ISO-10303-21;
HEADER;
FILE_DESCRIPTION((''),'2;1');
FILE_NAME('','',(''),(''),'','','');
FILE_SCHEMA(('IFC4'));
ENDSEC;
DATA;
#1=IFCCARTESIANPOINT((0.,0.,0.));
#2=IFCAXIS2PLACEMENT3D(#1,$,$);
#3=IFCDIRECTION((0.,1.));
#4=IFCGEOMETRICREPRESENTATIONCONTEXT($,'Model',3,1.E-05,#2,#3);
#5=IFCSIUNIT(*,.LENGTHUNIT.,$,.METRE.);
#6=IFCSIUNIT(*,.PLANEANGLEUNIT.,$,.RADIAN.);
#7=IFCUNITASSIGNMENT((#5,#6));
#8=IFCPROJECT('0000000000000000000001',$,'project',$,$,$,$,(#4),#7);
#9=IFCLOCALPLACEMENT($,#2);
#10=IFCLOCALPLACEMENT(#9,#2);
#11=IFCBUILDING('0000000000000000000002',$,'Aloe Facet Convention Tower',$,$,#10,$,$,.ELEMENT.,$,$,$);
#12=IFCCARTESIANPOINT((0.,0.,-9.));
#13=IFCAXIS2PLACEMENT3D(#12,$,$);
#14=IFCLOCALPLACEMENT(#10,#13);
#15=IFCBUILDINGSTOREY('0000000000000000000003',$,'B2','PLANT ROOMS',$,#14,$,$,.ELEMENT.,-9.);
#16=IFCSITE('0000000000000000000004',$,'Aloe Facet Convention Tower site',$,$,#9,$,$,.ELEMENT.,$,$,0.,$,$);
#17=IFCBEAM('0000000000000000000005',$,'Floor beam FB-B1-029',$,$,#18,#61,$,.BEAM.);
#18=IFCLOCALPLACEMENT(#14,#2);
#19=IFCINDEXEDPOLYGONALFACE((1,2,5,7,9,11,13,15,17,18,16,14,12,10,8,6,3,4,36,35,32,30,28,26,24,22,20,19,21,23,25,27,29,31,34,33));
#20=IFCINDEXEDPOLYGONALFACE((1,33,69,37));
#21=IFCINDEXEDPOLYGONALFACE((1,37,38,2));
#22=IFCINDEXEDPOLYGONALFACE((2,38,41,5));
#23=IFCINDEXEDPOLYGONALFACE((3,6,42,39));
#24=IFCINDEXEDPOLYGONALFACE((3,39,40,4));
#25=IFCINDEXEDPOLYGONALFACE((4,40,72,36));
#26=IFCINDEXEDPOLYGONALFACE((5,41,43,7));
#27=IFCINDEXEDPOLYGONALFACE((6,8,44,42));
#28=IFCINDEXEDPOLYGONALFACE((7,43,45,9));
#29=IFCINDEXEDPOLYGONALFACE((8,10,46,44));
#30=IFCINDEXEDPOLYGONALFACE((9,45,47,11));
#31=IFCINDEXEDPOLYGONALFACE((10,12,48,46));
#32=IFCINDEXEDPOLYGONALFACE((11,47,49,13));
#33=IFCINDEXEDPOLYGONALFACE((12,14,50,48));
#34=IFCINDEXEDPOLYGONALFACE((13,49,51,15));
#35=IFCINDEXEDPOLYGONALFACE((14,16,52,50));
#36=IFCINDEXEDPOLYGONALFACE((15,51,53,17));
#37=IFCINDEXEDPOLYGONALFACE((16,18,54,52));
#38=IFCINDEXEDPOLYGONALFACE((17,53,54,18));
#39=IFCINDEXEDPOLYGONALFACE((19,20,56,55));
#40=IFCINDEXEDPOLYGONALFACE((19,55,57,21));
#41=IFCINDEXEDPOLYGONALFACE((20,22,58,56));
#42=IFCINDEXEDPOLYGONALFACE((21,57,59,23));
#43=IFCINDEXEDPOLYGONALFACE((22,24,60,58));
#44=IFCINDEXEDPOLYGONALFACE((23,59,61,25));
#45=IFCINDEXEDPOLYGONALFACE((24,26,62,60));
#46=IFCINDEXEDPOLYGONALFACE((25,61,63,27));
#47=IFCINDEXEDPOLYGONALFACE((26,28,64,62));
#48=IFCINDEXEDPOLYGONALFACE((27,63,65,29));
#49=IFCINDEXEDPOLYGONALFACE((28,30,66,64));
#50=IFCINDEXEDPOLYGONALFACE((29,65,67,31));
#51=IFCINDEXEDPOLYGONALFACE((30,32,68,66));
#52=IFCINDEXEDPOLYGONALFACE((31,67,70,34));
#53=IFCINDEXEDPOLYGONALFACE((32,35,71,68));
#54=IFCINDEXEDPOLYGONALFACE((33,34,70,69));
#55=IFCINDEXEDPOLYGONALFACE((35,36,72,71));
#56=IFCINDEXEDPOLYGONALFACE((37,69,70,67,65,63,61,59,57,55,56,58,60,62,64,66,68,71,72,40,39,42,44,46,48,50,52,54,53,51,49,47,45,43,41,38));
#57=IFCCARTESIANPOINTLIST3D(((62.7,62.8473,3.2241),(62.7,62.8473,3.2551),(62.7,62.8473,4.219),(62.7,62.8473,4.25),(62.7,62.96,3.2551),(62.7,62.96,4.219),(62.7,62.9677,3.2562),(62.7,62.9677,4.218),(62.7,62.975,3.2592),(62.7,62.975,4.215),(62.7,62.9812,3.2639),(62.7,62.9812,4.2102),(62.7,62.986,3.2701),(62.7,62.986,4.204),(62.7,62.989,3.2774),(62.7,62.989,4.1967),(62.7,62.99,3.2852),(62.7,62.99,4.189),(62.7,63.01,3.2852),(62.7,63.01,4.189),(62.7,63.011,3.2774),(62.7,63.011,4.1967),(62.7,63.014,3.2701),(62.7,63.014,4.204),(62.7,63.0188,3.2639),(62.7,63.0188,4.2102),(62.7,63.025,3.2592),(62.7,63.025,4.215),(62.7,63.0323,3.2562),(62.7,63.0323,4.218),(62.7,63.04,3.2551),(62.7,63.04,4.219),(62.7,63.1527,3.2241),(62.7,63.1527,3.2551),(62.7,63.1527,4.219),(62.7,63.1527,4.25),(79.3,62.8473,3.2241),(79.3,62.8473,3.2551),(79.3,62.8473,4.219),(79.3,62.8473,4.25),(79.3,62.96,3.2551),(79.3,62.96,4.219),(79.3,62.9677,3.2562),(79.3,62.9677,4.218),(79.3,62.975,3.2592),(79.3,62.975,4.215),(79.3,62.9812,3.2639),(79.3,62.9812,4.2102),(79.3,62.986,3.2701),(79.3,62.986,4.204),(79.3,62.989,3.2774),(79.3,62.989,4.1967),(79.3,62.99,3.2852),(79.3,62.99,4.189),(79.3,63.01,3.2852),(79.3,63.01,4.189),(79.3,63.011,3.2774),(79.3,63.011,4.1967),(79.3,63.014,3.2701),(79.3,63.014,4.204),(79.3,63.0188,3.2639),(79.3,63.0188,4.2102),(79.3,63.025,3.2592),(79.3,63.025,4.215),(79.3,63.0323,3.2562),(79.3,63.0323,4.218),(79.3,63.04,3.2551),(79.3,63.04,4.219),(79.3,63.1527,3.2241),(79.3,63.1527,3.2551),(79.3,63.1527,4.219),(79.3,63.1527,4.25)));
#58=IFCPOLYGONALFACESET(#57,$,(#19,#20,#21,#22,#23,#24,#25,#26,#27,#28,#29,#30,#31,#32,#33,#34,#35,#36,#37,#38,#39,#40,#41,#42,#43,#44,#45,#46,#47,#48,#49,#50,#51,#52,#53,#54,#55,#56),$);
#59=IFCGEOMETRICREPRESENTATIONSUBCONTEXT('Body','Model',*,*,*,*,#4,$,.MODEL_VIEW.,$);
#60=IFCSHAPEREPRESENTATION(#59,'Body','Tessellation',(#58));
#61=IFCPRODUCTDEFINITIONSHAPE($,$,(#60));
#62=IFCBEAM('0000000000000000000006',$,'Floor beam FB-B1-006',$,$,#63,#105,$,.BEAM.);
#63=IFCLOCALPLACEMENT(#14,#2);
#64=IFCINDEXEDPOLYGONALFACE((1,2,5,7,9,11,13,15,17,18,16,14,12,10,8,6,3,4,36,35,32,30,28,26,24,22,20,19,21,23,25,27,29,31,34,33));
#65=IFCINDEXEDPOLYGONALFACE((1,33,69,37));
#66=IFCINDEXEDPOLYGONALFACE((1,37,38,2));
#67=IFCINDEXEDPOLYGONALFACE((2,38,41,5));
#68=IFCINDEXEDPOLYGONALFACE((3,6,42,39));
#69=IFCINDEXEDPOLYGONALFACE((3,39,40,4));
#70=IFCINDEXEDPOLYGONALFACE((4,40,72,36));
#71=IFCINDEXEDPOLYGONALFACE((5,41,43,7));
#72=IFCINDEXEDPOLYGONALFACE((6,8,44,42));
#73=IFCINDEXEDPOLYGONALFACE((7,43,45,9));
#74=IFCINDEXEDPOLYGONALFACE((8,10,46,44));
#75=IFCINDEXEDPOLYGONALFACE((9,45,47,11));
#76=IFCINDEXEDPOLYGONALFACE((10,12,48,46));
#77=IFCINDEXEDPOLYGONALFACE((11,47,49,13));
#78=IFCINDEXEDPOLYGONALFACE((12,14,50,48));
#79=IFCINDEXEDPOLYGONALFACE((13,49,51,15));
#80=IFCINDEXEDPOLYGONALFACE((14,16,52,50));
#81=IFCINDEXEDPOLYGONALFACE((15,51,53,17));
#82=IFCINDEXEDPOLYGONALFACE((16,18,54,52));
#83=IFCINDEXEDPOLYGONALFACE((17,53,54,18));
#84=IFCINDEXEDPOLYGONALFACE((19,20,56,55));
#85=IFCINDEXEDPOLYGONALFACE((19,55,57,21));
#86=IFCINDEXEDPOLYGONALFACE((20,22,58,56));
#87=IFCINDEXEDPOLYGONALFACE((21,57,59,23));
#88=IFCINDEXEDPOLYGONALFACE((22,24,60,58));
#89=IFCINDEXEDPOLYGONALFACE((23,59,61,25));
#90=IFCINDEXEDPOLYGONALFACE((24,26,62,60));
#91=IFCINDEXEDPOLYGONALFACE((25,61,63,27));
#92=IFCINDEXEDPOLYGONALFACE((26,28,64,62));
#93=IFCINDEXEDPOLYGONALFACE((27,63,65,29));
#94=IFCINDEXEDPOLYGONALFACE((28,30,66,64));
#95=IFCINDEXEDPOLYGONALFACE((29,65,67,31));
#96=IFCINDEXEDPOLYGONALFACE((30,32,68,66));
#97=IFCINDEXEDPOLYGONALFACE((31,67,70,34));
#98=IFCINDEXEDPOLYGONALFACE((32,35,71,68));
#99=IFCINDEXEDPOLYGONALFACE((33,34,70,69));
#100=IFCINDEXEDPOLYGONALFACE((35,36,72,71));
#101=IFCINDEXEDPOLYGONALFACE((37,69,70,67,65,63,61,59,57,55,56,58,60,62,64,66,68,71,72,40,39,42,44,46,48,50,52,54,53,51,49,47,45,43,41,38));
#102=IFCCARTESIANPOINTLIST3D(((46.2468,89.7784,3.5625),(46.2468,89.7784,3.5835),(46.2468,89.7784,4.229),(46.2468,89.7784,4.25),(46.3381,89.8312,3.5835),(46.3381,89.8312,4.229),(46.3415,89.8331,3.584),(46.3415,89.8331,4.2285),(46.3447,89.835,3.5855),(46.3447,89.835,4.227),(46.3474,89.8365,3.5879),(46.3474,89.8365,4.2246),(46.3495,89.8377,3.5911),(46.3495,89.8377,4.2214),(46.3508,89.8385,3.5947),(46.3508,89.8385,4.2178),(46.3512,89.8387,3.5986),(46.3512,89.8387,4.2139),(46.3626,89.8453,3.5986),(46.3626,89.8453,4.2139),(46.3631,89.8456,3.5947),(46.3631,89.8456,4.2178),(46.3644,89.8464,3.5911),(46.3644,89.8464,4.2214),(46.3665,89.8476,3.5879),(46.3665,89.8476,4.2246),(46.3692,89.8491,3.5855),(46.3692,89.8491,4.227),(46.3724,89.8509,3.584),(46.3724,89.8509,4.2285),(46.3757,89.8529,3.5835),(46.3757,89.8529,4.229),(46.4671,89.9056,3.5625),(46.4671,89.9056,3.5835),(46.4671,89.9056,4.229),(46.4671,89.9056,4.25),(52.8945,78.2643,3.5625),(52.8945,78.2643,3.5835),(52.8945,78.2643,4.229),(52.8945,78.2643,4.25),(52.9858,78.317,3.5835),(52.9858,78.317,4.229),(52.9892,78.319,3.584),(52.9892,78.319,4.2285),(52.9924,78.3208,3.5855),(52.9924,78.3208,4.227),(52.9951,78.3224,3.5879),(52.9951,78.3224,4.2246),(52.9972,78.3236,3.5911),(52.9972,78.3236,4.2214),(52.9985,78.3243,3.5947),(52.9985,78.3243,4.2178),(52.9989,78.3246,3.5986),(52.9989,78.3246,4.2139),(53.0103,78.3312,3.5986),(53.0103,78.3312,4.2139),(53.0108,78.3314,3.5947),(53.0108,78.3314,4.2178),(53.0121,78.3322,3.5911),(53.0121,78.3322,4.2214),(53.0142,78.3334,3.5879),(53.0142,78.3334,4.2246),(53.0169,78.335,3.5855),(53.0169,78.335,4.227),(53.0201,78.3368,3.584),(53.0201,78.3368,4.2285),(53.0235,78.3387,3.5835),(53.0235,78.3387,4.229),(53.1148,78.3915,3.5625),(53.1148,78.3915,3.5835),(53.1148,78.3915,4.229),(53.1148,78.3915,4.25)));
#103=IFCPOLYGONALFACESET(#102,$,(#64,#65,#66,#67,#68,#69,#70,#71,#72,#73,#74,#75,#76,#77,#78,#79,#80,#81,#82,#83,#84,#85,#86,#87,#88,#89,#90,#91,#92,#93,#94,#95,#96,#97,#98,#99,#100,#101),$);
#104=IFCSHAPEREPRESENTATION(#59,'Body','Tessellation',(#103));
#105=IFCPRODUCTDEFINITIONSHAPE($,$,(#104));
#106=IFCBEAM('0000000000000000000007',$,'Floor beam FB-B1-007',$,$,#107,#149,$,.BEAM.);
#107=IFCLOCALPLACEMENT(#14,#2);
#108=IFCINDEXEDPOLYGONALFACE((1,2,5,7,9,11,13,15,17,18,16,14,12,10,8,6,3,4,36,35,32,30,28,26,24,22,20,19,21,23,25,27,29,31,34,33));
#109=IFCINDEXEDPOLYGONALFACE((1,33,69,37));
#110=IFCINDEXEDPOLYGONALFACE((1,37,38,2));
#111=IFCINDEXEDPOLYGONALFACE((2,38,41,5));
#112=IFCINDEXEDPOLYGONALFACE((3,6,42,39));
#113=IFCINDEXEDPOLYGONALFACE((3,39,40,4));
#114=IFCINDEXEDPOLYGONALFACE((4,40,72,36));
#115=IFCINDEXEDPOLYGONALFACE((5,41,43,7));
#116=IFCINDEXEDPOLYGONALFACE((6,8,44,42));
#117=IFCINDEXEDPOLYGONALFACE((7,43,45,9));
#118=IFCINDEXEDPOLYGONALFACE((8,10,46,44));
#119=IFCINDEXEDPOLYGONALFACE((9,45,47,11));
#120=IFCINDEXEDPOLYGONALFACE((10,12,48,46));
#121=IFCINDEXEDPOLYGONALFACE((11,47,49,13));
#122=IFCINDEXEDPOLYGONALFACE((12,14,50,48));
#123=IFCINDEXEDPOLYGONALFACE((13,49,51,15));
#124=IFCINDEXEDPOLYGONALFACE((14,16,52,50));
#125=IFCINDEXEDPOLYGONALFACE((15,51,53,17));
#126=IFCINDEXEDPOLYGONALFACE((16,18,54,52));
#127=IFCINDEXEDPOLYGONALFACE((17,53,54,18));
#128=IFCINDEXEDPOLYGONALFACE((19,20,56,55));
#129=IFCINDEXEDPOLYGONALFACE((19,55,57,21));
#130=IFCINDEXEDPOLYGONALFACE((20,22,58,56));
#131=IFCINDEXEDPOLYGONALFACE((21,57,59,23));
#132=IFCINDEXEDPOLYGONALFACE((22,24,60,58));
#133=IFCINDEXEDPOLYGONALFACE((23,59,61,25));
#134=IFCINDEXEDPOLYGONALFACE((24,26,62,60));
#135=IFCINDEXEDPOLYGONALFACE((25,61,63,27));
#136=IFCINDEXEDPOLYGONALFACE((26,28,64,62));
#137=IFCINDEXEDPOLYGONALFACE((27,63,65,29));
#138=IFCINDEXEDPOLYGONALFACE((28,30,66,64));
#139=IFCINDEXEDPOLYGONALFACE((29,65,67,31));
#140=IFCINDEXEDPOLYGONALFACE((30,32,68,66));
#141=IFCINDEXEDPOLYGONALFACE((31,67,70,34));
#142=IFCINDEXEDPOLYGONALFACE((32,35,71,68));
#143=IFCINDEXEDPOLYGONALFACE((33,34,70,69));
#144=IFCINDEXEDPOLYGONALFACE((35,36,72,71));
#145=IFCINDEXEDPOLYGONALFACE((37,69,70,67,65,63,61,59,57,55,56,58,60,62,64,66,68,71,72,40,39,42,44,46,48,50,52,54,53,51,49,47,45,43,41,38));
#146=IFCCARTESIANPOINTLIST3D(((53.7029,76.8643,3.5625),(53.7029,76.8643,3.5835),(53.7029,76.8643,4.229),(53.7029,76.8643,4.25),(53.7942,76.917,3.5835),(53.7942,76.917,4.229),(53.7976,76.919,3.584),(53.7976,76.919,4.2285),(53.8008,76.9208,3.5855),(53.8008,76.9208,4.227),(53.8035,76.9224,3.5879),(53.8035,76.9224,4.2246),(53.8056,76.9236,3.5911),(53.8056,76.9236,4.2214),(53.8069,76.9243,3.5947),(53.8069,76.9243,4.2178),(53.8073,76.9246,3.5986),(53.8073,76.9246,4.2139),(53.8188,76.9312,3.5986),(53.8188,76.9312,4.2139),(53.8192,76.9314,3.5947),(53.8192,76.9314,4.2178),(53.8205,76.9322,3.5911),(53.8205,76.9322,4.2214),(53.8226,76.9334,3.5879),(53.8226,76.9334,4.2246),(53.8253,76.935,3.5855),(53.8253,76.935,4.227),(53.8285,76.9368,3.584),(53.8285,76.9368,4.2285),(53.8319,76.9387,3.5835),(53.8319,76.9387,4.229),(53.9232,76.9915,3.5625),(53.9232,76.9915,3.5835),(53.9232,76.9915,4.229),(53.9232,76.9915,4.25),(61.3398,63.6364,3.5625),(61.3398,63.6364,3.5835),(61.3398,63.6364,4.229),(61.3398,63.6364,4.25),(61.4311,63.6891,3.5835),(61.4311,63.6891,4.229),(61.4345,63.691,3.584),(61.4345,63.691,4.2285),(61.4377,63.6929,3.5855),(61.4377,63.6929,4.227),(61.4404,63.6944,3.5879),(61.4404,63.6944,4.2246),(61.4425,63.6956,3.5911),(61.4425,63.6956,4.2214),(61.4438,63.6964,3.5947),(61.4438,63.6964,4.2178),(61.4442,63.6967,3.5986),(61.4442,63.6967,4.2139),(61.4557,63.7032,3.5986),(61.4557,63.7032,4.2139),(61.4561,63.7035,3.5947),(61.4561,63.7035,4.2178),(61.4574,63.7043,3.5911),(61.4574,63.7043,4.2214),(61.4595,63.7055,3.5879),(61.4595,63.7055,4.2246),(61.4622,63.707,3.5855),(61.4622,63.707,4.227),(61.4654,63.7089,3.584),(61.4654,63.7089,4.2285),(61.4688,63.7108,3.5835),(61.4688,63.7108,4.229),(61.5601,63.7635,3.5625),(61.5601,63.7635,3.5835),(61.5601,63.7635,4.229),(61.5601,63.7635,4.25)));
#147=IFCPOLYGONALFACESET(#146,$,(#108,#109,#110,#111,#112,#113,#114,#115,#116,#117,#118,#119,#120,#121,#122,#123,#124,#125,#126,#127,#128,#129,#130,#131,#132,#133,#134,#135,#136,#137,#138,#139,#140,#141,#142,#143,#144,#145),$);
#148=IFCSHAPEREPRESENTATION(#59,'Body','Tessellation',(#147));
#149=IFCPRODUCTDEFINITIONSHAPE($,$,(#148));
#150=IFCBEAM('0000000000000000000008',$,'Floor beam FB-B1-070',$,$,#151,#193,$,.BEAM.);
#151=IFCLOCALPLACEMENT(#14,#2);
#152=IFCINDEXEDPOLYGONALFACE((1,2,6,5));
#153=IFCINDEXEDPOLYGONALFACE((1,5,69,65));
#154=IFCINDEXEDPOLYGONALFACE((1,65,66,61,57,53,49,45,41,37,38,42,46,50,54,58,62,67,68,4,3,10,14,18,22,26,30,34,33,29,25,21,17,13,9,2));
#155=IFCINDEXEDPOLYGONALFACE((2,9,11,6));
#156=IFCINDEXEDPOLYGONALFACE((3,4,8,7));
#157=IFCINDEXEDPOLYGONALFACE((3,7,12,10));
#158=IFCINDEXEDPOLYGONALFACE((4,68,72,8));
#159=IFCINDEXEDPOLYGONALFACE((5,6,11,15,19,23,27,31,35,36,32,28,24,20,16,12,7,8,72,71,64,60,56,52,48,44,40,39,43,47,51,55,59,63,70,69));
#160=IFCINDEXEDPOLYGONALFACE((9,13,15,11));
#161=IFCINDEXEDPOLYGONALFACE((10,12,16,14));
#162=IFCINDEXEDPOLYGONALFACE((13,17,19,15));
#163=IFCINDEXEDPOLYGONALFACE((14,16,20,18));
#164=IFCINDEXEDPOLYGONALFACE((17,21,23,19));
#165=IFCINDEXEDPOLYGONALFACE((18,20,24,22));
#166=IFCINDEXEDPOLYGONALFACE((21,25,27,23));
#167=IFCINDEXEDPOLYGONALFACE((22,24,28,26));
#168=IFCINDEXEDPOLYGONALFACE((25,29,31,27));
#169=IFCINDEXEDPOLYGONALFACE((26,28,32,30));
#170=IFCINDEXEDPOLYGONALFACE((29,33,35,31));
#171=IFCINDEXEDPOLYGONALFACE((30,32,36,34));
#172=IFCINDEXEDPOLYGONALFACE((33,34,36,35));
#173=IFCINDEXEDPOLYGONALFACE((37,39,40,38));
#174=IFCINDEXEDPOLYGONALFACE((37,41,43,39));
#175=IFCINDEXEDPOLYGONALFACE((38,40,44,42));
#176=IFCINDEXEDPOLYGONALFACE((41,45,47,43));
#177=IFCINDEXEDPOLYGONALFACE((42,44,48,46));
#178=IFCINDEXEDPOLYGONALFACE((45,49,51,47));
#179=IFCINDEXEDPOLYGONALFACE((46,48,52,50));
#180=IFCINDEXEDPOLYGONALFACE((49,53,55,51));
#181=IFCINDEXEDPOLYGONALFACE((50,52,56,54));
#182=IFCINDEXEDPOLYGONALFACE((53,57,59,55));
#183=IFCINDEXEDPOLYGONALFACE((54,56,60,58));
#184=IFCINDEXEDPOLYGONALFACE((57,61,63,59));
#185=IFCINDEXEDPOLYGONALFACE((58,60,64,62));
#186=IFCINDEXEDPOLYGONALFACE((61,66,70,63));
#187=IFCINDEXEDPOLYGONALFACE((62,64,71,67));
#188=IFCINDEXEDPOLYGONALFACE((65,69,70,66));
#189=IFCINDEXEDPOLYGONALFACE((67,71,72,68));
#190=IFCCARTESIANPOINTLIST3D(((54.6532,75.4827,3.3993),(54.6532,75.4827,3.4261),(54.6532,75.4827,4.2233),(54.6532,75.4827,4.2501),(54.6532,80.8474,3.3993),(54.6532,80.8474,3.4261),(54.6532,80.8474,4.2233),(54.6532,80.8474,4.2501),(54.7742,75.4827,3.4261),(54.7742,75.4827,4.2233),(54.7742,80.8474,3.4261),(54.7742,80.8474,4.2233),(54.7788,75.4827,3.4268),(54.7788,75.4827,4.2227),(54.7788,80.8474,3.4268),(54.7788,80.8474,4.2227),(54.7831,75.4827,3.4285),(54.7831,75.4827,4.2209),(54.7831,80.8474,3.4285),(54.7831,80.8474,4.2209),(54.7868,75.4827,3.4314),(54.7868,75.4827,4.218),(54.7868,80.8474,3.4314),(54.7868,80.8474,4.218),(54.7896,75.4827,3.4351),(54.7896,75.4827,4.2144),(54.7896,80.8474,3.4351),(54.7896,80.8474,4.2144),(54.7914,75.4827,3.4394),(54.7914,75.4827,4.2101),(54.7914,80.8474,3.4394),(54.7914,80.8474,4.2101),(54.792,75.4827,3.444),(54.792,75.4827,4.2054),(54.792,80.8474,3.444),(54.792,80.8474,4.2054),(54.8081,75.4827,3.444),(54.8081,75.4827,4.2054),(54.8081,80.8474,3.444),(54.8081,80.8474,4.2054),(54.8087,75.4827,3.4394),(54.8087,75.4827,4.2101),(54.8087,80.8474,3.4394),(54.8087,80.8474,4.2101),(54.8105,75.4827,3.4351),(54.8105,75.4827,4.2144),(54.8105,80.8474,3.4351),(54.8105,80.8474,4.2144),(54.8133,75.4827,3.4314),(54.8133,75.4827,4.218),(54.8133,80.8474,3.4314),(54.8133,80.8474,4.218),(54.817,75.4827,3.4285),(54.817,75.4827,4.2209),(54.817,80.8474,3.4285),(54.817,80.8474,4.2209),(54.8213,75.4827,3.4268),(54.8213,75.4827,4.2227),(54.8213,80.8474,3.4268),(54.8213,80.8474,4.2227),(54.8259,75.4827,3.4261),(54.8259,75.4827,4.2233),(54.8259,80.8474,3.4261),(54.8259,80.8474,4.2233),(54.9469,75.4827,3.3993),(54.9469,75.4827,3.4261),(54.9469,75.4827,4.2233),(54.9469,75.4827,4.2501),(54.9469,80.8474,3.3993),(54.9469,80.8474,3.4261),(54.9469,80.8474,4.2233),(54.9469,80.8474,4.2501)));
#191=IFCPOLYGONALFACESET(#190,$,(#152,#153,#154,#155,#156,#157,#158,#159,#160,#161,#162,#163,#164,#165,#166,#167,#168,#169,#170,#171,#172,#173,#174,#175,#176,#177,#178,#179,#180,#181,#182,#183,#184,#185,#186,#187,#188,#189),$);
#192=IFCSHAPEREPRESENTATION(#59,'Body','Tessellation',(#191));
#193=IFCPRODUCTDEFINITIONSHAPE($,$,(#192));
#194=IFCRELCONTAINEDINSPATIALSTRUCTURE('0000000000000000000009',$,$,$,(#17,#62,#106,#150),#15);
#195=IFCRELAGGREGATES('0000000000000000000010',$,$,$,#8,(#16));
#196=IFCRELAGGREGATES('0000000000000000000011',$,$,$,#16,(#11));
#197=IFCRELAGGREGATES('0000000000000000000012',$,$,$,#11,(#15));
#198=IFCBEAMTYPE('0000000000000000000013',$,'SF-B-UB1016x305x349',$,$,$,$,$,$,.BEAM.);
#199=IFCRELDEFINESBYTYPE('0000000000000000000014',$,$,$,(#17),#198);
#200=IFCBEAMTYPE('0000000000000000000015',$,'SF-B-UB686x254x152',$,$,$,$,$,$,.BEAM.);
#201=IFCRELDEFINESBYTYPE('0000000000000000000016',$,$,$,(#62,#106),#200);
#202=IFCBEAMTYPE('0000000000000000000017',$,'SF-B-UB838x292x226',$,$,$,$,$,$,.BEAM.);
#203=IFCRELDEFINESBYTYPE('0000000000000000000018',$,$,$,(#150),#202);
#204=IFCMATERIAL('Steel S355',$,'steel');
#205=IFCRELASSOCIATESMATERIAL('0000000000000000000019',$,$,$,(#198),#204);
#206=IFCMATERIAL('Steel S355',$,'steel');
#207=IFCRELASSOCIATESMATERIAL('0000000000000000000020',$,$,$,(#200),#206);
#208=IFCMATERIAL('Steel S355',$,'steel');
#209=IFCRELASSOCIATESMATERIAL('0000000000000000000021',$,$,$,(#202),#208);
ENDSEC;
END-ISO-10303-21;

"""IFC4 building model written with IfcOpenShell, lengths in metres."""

from ifc_helpers import new_model, si_unit, direction, frame, origin, origin_2d, place, context, subcontext, project, spatial, i_section, extrude, material, material_profile, profile_set, type_object, element, save


model = new_model("IFC4")

# Units and contexts
model_context = context("Model", 3, precision=1e-05, world=origin(), true_north=direction((0.0, 1.0)))
body_context = subcontext(model_context, "Body", "Model", "MODEL_VIEW")
ifc_project = project(units=[si_unit("LENGTHUNIT", "METRE"), si_unit("PLANEANGLEUNIT", "RADIAN")], contexts=[model_context])

# Site, building, storey
site_placement = place(None, origin())
site = spatial("IfcSite", under=ifc_project, at=site_placement, Name="Aloe Facet Convention Tower site", CompositionType="ELEMENT", RefElevation=0.0)
building_placement = place(site_placement, origin())
building = spatial("IfcBuilding", under=site, at=building_placement, Name="Aloe Facet Convention Tower", CompositionType="ELEMENT")
storey_placement = place(building_placement, frame((0.0, 0.0, -9.0)))
storey = spatial("IfcBuildingStorey", under=building, at=storey_placement, Name="B2", Description="PLANT ROOMS", CompositionType="ELEMENT", Elevation=-9.0)

# Beams
ifc_material_1 = material(Name="Steel S355", Category="steel")
ifc_material_profile_1 = material_profile(ifc_material_1, i_section(OverallWidth=0.3054, OverallDepth=1.0259, WebThickness=0.02, FlangeThickness=0.031, FilletRadius=0.03, at=origin_2d()), Name="UB 1016x305x349")
ifc_profile_set_1 = profile_set([ifc_material_profile_1], Name="Steel S355")
beam_type_1 = type_object("IfcBeamType", Name="SF-B-UB1016x305x349", PredefinedType="BEAM", material=ifc_profile_set_1)
beam_1_placement = place(storey_placement, frame((62.7, 63.0, 3.7371), z_axis=(1.0, 0.0, 0.0), x_axis=(0.0, 1.0, 0.0)))
element("IfcBeam", 1, at=beam_1_placement, inside=storey, type_object=beam_type_1, Name="Floor beam FB-B1-029", PredefinedType="BEAM", context=body_context, shape_type="SweptSolid", body=[
    extrude(i_section(OverallWidth=0.3054, OverallDepth=1.0259, WebThickness=0.02, FlangeThickness=0.031, FilletRadius=0.03, at=origin_2d()), origin(), (0.0, 0.0, 1.0), 16.6001),
])
ifc_material_2 = material(Name="Steel S355", Category="steel")
ifc_material_profile_2 = material_profile(ifc_material_2, i_section(OverallWidth=0.2544, OverallDepth=0.6875, WebThickness=0.0132, FlangeThickness=0.021, FilletRadius=0.0151, at=origin_2d()), Name="UB 686x254x152")
ifc_profile_set_2 = profile_set([ifc_material_profile_2], Name="Steel S355")
beam_type_2 = type_object("IfcBeamType", Name="SF-B-UB686x254x152", PredefinedType="BEAM", material=ifc_profile_set_2)
beam_2_placement = place(storey_placement, frame((53.0046, 78.3279, 3.9062), z_axis=(-0.5, 0.866025, 0.0), x_axis=(-0.866025, -0.5, 0.0)))
element("IfcBeam", 2, at=beam_2_placement, inside=storey, type_object=beam_type_2, Name="Floor beam FB-B1-006", PredefinedType="BEAM", context=body_context, shape_type="SweptSolid", body=[
    extrude(i_section(OverallWidth=0.2544, OverallDepth=0.6875, WebThickness=0.0132, FlangeThickness=0.021, FilletRadius=0.0151, at=origin_2d()), origin(), (0.0, 0.0, 1.0), 13.2954),
])
beam_3_placement = place(storey_placement, frame((61.45, 63.7, 3.9062), z_axis=(-0.499988, 0.866032, 0.0), x_axis=(-0.866032, -0.499988, 0.0)))
element("IfcBeam", 3, at=beam_3_placement, inside=storey, type_object=beam_type_2, Name="Floor beam FB-B1-007", PredefinedType="BEAM", context=body_context, shape_type="SweptSolid", body=[
    extrude(i_section(OverallWidth=0.2544, OverallDepth=0.6875, WebThickness=0.0132, FlangeThickness=0.021, FilletRadius=0.0151, at=origin_2d()), origin(), (0.0, 0.0, 1.0), 15.2742),
])
ifc_material_3 = material(Name="Steel S355", Category="steel")
ifc_material_profile_3 = material_profile(ifc_material_3, i_section(OverallWidth=0.2937, OverallDepth=0.8508, WebThickness=0.0161, FlangeThickness=0.0269, FilletRadius=0.0178, at=origin_2d()), Name="UB 838x292x226")
ifc_profile_set_3 = profile_set([ifc_material_profile_3], Name="Steel S355")
beam_type_3 = type_object("IfcBeamType", Name="SF-B-UB838x292x226", PredefinedType="BEAM", material=ifc_profile_set_3)
beam_4_placement = place(storey_placement, frame((54.8, 75.4827, 3.8247), z_axis=(0.0, 1.0, 0.0), x_axis=(-1.0, 0.0, 0.0)))
element("IfcBeam", 4, at=beam_4_placement, inside=storey, type_object=beam_type_3, Name="Floor beam FB-B1-070", PredefinedType="BEAM", context=body_context, shape_type="SweptSolid", body=[
    extrude(i_section(OverallWidth=0.2937, OverallDepth=0.8508, WebThickness=0.0161, FlangeThickness=0.0269, FilletRadius=0.0178, at=origin_2d()), origin(), (0.0, 0.0, 1.0), 5.3647),
])

save(model, "model.ifc")
